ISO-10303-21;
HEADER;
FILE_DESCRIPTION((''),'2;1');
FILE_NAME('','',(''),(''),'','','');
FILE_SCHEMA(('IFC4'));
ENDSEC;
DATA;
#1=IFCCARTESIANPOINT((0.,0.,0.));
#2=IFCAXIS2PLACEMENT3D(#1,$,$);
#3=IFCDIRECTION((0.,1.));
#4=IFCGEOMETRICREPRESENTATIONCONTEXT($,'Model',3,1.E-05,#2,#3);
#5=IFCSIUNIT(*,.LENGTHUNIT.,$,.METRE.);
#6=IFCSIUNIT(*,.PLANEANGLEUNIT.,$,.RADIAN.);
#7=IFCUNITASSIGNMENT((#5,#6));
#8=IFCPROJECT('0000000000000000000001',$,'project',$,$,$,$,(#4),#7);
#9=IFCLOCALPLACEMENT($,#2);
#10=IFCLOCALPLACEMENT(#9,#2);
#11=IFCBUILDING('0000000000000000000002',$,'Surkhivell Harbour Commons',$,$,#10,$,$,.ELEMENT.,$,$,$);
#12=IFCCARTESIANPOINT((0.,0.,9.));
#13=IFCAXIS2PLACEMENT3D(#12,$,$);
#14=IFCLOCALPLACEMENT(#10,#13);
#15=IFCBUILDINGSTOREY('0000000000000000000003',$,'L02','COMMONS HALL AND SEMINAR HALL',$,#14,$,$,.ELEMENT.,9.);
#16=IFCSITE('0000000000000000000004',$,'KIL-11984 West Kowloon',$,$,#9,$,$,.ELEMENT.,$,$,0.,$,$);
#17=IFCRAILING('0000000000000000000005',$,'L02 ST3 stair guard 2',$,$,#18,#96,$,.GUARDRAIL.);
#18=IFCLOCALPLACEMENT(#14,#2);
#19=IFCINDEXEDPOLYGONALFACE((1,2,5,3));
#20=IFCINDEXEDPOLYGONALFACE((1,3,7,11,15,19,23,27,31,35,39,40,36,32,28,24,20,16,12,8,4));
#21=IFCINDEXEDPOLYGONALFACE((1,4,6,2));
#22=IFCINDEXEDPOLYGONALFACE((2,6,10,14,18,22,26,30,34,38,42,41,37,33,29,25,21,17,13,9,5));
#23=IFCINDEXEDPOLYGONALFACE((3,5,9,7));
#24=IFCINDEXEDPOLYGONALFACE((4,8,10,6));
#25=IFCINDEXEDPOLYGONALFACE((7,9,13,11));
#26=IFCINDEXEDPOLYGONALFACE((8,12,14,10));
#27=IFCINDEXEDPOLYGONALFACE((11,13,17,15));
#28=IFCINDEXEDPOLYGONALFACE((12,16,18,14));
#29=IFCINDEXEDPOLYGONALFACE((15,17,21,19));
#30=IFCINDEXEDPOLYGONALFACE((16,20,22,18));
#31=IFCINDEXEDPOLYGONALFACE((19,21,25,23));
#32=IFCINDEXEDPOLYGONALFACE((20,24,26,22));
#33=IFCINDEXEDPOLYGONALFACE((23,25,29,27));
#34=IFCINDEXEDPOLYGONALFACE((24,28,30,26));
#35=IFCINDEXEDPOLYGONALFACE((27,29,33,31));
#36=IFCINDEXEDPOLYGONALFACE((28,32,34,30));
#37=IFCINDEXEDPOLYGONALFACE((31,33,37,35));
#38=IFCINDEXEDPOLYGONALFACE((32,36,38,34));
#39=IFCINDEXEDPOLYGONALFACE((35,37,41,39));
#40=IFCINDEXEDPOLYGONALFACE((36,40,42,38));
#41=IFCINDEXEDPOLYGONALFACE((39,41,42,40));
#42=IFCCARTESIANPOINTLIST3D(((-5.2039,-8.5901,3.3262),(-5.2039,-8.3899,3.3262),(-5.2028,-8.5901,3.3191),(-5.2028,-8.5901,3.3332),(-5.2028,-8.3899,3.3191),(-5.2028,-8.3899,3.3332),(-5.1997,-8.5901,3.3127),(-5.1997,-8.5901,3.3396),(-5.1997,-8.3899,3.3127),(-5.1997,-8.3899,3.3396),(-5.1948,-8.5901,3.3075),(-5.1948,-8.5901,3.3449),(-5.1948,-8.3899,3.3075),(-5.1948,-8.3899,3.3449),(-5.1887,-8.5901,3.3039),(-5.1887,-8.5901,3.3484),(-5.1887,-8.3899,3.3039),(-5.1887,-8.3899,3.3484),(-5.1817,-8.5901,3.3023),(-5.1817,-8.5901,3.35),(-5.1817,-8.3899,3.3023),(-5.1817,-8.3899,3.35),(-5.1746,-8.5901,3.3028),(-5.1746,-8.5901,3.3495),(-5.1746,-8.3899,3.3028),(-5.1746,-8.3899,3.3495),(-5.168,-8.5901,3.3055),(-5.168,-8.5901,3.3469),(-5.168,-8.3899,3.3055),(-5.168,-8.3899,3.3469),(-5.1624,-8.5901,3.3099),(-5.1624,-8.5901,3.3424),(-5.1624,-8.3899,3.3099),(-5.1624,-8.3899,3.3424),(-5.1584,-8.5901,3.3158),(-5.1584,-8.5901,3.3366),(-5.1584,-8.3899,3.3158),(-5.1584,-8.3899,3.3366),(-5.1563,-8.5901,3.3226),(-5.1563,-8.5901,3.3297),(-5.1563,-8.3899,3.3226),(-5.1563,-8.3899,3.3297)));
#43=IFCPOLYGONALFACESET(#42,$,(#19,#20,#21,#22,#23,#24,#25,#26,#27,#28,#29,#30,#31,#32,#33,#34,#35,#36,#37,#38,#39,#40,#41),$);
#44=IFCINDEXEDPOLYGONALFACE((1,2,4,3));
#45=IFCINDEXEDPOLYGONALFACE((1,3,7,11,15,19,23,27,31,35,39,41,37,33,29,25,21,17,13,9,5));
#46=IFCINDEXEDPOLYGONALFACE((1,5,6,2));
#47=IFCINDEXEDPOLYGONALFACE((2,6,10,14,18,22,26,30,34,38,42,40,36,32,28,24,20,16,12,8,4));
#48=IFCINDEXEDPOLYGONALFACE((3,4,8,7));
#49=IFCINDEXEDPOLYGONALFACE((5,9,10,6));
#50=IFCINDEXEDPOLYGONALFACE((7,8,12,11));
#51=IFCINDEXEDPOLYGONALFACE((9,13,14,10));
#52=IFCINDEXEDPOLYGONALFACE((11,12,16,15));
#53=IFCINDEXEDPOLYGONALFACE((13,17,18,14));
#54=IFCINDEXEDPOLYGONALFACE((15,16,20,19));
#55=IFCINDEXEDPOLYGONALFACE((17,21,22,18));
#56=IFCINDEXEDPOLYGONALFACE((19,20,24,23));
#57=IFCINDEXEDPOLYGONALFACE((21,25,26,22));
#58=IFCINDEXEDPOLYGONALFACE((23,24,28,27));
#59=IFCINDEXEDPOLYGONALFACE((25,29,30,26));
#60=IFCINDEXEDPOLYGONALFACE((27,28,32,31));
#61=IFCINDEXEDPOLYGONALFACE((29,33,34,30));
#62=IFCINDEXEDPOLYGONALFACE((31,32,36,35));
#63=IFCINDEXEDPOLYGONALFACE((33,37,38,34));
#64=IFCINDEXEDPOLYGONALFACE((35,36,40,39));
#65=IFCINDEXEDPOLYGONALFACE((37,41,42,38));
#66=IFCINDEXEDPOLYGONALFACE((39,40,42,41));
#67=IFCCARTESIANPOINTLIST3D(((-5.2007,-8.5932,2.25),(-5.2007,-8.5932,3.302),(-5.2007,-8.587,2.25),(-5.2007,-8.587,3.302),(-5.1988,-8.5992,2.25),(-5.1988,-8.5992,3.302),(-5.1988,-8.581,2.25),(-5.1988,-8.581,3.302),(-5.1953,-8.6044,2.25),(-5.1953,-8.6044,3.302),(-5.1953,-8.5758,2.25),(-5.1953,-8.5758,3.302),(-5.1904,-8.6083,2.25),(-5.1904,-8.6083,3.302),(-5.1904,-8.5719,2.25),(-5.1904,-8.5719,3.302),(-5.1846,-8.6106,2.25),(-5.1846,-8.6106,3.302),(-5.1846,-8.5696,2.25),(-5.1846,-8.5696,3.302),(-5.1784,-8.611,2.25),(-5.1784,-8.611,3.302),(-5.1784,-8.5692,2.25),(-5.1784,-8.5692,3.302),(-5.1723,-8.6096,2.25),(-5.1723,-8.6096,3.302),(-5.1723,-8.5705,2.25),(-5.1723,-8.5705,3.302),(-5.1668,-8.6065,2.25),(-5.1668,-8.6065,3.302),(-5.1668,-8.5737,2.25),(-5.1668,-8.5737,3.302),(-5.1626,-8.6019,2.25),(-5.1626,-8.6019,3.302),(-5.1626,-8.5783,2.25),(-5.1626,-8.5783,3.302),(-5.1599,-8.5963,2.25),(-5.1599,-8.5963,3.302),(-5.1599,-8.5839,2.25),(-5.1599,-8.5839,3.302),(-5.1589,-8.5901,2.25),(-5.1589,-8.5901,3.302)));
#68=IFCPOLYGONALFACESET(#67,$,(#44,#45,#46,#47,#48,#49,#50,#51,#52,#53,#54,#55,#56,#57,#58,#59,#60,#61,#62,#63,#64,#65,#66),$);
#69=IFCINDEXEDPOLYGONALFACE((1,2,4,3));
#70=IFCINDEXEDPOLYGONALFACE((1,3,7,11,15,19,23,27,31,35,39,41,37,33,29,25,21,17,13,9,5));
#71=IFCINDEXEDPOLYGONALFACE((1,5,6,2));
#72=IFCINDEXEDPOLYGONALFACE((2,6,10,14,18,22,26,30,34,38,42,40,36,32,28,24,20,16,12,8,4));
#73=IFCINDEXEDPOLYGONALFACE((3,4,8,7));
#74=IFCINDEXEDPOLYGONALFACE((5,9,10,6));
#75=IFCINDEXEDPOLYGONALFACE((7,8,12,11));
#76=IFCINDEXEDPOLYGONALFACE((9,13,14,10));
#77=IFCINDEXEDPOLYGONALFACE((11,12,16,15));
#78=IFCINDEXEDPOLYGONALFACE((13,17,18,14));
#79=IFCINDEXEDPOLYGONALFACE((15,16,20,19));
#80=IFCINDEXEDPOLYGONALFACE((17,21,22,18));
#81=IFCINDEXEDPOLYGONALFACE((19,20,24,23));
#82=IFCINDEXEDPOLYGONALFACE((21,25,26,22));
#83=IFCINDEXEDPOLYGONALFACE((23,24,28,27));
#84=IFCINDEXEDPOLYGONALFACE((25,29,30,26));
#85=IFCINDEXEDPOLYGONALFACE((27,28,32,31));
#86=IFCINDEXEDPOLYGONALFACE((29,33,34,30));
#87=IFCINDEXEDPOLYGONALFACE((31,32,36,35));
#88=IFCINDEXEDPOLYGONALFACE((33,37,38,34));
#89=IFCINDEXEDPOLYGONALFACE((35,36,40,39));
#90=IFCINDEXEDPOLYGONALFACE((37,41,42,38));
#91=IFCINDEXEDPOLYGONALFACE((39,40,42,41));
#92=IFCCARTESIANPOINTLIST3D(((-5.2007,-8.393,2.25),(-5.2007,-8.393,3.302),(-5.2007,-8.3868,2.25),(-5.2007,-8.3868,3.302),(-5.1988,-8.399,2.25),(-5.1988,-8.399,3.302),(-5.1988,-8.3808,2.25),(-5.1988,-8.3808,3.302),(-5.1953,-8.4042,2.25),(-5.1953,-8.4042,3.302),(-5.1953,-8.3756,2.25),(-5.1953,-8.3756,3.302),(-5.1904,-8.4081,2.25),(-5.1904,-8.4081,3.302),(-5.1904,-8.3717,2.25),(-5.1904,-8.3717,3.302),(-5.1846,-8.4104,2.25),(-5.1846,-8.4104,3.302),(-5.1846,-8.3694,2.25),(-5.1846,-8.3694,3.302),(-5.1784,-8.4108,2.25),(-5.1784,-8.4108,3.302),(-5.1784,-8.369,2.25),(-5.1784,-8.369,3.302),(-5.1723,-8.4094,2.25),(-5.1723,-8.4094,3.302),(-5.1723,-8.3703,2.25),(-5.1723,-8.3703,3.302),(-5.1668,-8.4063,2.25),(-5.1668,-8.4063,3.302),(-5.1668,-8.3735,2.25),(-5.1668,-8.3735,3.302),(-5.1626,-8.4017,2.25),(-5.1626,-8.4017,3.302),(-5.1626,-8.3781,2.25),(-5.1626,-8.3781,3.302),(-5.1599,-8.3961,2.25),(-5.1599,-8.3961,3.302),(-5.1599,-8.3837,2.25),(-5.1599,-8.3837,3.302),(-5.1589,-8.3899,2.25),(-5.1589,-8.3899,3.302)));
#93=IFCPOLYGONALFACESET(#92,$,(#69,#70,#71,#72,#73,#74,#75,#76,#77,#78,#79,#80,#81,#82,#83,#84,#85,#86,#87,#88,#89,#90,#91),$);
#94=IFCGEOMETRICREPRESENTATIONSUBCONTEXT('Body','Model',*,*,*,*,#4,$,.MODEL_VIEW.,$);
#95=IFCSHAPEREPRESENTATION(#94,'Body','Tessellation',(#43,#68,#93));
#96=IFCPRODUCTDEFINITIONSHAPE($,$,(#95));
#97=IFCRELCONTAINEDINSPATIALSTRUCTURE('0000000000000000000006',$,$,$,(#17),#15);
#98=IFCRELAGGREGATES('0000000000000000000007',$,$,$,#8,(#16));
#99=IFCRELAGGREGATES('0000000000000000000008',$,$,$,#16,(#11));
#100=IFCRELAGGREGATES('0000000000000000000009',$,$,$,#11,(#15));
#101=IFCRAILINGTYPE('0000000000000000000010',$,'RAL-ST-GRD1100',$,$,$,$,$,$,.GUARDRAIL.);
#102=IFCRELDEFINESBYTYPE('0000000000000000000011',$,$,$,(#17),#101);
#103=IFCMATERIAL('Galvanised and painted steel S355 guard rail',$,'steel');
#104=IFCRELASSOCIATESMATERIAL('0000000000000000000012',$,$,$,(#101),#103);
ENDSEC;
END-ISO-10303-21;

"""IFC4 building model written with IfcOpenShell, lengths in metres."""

from ifc_helpers import new_model, si_unit, direction, frame, origin, origin_2d, place, context, subcontext, project, spatial, circle, extrude, material, type_object, element, save


model = new_model("IFC4")

# Units and contexts
model_context = context("Model", 3, precision=1e-05, world=origin(), true_north=direction((0.0, 1.0)))
body_context = subcontext(model_context, "Body", "Model", "MODEL_VIEW")
ifc_project = project(units=[si_unit("LENGTHUNIT", "METRE"), si_unit("PLANEANGLEUNIT", "RADIAN")], contexts=[model_context])

# Site, building, storey
site_placement = place(None, origin())
site = spatial("IfcSite", under=ifc_project, at=site_placement, Name="KIL-11984 West Kowloon", CompositionType="ELEMENT", RefElevation=0.0)
building_placement = place(site_placement, origin())
building = spatial("IfcBuilding", under=site, at=building_placement, Name="Surkhivell Harbour Commons", CompositionType="ELEMENT")
storey_placement = place(building_placement, frame((0.0, 0.0, 9.0)))
storey = spatial("IfcBuildingStorey", under=building, at=storey_placement, Name="L02", Description="COMMONS HALL AND SEMINAR HALL", CompositionType="ELEMENT", Elevation=9.0)

# Railing
ifc_material_1 = material(Name="Galvanised and painted steel S355 guard rail", Category="steel")
railing_type_1 = type_object("IfcRailingType", Name="RAL-ST-GRD1100", PredefinedType="GUARDRAIL", material=ifc_material_1)
railing_1_placement = place(storey_placement, frame((-5.1799, -8.5901, 2.25)))
element("IfcRailing", 1, at=railing_1_placement, inside=storey, type_object=railing_type_1, Name="L02 ST3 stair guard 2", PredefinedType="GUARDRAIL", context=body_context, shape_type="SweptSolid", body=[
    extrude(circle(Radius=0.0239, at=origin_2d()), frame((0.0, 0.0, 1.0762), z_axis=(0.0, 1.0, 0.0), x_axis=(-1.0, 0.0, 0.0)), (0.0, 0.0, 1.0), 0.2002),
    extrude(circle(Radius=0.021, at=origin_2d()), origin(), (0.0, 0.0, 1.0), 1.052),
    extrude(circle(Radius=0.021, at=origin_2d()), frame((0.0, 0.2002, 0.0)), (0.0, 0.0, 1.0), 1.052),
])

save(model, "model.ifc")
